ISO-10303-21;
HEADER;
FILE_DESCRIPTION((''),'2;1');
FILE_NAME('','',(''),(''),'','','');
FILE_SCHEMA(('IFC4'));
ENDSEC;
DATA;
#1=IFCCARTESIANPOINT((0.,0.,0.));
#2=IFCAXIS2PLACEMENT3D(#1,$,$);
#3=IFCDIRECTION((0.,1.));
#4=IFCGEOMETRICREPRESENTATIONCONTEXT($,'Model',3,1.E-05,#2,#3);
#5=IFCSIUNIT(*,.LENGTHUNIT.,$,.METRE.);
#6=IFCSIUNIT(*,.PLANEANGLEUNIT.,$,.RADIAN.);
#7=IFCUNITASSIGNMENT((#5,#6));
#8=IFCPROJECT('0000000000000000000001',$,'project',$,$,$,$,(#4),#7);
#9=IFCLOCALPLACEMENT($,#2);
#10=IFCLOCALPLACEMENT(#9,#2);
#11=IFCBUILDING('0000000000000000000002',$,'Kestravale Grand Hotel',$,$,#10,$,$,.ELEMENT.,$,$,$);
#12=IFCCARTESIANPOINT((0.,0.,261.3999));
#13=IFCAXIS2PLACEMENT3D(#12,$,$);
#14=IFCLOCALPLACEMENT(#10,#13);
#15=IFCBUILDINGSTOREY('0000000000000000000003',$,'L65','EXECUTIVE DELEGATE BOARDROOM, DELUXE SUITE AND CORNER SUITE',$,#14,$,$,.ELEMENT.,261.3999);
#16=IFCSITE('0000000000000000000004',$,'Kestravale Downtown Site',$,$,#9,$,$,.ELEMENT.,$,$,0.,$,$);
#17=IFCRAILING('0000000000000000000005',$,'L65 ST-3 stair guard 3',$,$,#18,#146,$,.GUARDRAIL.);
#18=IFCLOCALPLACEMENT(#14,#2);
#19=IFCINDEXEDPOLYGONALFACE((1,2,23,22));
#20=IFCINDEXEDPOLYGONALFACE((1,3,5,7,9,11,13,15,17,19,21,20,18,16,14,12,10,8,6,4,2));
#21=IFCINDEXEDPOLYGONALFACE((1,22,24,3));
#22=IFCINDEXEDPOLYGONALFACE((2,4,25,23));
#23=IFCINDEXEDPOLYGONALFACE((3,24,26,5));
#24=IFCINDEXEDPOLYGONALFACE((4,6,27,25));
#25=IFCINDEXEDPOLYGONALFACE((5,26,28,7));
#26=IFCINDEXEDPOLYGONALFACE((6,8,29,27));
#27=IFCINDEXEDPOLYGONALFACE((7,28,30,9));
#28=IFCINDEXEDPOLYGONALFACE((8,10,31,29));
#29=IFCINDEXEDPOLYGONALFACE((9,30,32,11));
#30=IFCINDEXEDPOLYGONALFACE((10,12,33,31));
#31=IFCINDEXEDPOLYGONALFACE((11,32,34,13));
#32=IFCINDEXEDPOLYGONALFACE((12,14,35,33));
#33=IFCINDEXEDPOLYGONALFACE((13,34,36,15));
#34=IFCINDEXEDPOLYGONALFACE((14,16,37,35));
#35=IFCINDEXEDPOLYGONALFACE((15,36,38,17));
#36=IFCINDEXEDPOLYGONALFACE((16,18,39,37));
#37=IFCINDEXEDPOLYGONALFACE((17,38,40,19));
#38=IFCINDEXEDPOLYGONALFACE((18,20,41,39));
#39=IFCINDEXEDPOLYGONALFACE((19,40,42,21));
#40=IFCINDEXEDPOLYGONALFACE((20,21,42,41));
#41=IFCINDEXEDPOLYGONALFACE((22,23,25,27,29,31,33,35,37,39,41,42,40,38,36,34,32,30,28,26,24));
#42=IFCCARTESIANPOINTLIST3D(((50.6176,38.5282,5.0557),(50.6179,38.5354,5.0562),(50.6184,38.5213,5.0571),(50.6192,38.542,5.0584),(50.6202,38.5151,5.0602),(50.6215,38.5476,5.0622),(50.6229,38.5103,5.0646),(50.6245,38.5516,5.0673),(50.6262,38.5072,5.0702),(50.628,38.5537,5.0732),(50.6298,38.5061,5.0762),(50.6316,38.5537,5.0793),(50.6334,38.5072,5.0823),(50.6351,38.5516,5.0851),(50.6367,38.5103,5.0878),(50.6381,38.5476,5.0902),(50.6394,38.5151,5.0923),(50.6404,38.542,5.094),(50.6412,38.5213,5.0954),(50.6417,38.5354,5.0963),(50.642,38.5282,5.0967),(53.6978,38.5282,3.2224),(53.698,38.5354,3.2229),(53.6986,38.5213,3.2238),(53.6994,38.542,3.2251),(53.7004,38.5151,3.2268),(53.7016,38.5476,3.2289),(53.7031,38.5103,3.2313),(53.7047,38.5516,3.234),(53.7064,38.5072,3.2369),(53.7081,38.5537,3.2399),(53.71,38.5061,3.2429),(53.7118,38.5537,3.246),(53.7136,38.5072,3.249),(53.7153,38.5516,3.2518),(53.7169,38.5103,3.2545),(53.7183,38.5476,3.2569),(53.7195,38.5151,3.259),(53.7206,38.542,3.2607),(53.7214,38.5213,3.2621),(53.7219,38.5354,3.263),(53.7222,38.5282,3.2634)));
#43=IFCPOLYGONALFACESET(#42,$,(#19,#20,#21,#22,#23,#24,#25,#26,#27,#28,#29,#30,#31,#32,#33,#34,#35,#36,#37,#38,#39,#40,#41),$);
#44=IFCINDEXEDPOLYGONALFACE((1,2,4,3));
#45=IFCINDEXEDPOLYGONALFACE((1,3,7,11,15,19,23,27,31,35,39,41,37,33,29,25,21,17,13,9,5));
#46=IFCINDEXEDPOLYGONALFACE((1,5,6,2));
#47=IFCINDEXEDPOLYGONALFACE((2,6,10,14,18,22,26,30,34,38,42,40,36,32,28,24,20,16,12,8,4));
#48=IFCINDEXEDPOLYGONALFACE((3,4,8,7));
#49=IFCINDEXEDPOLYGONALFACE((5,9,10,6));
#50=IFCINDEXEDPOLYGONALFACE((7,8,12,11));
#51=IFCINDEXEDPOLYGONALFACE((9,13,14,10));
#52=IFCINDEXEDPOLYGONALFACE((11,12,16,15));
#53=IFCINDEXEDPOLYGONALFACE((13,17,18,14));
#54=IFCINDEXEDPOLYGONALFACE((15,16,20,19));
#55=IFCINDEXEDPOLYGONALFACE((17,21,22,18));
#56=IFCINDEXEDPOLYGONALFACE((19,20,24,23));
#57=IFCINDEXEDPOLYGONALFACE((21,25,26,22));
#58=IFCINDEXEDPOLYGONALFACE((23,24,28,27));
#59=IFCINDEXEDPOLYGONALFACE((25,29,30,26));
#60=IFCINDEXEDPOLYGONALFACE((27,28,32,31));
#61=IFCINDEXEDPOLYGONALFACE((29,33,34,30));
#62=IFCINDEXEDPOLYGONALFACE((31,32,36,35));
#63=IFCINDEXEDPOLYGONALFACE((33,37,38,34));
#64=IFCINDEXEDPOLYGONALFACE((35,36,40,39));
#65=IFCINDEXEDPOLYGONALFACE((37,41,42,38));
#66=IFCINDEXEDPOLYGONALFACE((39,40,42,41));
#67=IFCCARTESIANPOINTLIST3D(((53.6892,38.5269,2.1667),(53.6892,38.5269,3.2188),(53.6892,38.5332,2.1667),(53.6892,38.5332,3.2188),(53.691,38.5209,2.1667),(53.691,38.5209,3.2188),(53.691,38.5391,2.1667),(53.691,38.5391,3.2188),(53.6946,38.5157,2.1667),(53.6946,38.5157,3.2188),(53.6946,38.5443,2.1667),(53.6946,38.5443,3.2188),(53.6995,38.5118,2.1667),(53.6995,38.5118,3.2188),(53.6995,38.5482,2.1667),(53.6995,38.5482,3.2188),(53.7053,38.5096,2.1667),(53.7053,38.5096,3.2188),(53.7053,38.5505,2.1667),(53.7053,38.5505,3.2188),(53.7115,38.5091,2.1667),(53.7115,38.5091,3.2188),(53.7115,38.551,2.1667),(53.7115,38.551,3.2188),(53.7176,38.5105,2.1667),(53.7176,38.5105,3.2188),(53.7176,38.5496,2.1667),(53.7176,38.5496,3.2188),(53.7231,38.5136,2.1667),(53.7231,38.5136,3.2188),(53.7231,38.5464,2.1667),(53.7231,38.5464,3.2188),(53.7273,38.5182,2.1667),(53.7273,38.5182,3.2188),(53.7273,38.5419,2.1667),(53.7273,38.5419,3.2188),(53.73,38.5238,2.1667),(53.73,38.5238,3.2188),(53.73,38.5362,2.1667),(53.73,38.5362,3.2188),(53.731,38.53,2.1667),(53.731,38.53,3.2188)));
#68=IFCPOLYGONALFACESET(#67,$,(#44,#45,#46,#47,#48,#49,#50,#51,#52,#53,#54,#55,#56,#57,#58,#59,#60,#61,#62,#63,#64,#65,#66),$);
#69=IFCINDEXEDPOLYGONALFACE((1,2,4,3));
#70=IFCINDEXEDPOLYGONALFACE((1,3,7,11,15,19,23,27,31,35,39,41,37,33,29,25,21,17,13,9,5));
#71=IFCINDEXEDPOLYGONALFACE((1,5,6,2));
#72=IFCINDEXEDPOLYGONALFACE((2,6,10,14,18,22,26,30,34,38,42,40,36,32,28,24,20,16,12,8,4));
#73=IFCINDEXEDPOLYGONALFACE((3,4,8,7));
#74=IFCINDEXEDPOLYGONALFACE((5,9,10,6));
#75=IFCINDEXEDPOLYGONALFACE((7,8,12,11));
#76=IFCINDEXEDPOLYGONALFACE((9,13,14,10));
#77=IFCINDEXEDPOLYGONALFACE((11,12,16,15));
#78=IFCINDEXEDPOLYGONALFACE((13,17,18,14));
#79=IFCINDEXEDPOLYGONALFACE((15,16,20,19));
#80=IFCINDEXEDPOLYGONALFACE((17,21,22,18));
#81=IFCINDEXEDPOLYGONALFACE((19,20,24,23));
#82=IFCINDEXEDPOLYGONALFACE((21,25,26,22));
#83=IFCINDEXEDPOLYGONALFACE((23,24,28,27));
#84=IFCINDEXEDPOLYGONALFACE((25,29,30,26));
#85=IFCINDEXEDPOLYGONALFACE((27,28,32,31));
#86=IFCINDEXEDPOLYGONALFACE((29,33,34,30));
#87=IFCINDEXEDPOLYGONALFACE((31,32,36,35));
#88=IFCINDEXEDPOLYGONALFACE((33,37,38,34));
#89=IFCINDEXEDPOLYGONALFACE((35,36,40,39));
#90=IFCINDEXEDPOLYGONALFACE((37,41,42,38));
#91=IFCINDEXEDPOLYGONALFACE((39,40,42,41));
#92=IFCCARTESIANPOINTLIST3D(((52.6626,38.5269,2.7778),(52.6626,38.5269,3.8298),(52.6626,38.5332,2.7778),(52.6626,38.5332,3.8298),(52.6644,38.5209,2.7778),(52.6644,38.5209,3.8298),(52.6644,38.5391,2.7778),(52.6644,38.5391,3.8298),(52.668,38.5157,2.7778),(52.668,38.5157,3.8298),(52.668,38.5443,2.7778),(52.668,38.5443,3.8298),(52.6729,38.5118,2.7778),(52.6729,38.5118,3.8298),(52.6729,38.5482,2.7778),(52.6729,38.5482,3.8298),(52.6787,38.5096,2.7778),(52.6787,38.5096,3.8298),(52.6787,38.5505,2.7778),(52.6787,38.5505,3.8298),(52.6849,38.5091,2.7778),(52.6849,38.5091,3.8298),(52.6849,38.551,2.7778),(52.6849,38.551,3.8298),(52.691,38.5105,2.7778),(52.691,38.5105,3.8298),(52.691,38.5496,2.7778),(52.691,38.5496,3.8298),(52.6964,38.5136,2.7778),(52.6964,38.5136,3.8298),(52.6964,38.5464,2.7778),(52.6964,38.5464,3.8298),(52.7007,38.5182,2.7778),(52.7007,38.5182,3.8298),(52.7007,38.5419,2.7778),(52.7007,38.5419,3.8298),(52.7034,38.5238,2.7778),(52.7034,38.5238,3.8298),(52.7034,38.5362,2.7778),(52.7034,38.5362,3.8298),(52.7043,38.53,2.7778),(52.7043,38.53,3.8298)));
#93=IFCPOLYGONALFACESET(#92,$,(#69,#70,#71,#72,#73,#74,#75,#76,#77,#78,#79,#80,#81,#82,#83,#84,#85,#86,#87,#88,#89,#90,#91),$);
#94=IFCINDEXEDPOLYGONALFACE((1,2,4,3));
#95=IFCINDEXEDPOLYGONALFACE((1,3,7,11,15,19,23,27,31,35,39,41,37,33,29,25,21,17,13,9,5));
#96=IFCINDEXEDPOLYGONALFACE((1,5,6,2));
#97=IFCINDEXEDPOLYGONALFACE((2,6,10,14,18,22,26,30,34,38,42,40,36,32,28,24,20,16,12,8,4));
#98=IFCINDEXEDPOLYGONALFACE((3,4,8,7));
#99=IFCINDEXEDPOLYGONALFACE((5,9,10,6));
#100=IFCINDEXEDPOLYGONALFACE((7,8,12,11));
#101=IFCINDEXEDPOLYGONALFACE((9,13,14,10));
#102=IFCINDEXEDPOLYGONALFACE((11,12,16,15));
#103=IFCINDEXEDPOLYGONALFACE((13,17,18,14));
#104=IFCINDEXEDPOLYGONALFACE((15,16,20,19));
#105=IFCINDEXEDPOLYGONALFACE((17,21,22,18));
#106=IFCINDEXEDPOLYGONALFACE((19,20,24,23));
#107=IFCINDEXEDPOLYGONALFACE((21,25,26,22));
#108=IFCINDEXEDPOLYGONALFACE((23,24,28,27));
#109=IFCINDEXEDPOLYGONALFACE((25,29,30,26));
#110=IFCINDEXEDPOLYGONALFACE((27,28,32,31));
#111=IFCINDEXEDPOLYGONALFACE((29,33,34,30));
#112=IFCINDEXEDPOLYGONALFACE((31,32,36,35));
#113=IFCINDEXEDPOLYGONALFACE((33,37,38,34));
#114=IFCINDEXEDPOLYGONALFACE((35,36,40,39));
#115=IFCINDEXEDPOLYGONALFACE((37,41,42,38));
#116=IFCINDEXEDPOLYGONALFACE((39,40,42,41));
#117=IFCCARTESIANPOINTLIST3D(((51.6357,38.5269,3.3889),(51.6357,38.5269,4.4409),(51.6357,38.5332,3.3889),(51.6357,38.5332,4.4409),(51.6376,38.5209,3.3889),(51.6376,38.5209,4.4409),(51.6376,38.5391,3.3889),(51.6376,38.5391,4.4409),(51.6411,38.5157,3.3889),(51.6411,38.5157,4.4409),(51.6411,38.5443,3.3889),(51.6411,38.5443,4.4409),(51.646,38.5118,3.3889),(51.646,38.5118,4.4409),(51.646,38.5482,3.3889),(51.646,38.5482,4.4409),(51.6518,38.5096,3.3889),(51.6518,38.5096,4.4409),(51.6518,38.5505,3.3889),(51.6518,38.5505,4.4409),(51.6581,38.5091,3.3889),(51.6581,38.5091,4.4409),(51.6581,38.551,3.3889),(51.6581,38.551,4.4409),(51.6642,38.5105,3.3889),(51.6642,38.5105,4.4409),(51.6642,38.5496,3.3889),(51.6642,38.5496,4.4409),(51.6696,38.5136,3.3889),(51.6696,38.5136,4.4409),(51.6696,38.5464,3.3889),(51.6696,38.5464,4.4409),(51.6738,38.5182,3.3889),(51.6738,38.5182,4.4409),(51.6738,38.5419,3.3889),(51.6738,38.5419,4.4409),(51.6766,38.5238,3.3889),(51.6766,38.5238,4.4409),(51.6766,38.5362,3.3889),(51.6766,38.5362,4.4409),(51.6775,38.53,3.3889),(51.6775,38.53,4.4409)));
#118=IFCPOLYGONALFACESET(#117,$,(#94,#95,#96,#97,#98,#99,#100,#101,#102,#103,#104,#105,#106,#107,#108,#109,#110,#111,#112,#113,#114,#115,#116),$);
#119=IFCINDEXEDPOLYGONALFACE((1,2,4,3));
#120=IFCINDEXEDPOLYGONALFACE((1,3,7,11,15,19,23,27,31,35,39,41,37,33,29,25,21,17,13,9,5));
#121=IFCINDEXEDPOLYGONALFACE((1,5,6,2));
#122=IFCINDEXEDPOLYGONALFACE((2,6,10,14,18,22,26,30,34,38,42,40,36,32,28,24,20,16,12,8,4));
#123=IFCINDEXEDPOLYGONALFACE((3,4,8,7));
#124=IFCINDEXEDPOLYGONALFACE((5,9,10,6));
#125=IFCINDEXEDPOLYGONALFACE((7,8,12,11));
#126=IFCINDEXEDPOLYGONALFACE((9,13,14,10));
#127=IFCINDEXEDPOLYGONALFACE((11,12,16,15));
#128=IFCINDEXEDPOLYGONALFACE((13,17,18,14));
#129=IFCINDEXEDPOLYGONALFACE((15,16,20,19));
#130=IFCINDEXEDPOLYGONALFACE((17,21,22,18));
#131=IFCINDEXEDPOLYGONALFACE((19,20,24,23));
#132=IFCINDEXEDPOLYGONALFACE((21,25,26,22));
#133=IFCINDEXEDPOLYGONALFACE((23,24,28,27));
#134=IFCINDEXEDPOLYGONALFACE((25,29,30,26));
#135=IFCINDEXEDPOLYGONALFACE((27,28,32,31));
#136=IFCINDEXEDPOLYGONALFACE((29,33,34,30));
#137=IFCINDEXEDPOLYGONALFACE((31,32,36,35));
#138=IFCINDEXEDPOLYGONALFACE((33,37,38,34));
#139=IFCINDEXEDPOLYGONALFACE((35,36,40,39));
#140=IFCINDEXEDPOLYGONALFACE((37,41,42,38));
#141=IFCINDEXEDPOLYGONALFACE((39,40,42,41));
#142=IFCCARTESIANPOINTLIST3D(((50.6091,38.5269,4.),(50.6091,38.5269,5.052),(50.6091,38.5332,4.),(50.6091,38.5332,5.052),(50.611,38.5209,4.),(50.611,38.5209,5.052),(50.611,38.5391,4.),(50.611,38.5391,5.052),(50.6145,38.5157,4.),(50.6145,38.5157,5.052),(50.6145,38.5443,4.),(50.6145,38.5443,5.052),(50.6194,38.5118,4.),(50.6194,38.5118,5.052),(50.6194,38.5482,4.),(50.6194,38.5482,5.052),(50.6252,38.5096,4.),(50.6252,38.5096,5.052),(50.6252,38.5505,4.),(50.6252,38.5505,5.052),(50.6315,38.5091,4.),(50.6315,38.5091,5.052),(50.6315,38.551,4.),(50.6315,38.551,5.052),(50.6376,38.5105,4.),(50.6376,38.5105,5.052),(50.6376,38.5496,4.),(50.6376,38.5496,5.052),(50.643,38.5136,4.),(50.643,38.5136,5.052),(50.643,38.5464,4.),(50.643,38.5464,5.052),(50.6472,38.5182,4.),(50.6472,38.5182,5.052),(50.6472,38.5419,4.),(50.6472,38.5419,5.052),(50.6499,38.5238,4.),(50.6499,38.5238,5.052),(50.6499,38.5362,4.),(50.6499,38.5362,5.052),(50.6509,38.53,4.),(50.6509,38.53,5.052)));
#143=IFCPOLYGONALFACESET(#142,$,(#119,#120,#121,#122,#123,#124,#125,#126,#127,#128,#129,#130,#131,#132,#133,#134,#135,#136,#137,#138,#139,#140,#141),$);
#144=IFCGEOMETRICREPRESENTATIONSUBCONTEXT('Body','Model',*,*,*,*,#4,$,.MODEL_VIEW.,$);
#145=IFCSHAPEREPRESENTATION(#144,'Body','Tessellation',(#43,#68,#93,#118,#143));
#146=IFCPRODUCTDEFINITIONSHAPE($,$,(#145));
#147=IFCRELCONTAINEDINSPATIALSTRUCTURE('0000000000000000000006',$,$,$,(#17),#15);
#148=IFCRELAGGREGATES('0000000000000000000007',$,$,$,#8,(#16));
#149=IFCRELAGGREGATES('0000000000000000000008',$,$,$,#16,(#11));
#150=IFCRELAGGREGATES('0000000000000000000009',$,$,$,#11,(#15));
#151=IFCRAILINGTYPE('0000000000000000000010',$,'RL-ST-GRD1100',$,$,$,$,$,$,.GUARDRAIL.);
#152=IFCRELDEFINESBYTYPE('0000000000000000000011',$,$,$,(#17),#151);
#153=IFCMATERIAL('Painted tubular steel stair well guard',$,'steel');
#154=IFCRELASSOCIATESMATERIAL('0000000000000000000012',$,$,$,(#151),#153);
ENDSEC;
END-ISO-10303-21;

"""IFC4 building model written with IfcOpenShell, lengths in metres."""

from ifc_helpers import new_model, si_unit, direction, frame, origin, origin_2d, place, context, subcontext, project, spatial, circle, extrude, material, type_object, element, save


model = new_model("IFC4")

# Units and contexts
model_context = context("Model", 3, precision=1e-05, world=origin(), true_north=direction((0.0, 1.0)))
body_context = subcontext(model_context, "Body", "Model", "MODEL_VIEW")
ifc_project = project(units=[si_unit("LENGTHUNIT", "METRE"), si_unit("PLANEANGLEUNIT", "RADIAN")], contexts=[model_context])

# Site, building, storey
site_placement = place(None, origin())
site = spatial("IfcSite", under=ifc_project, at=site_placement, Name="Kestravale Downtown Site", CompositionType="ELEMENT", RefElevation=0.0)
building_placement = place(site_placement, origin())
building = spatial("IfcBuilding", under=site, at=building_placement, Name="Kestravale Grand Hotel", CompositionType="ELEMENT")
storey_placement = place(building_placement, frame((0.0, 0.0, 261.3999)))
storey = spatial("IfcBuildingStorey", under=building, at=storey_placement, Name="L65", Description="EXECUTIVE DELEGATE BOARDROOM, DELUXE SUITE AND CORNER SUITE", CompositionType="ELEMENT", Elevation=261.3999)

# Railing
ifc_material_1 = material(Name="Painted tubular steel stair well guard", Category="steel")
railing_type_1 = type_object("IfcRailingType", Name="RL-ST-GRD1100", PredefinedType="GUARDRAIL", material=ifc_material_1)
railing_1_placement = place(storey_placement, frame((53.71, 38.53, 2.1667)))
element("IfcRailing", 1, at=railing_1_placement, inside=storey, type_object=railing_type_1, Name="L65 ST-3 stair guard 3", PredefinedType="GUARDRAIL", context=body_context, shape_type="SweptSolid", body=[
    extrude(circle(Radius=0.0239, at=origin_2d()), frame((0.0, 0.0, 1.0762), z_axis=(-0.859309, 0.0, 0.511458), x_axis=(0.0, -1.0, 0.0)), (0.0, 0.0, 1.0), 3.5845),
    extrude(circle(Radius=0.021, at=origin_2d()), origin(), (0.0, 0.0, 1.0), 1.052),
    extrude(circle(Radius=0.021, at=origin_2d()), frame((-1.0266, 0.0, 0.6111)), (0.0, 0.0, 1.0), 1.052),
    extrude(circle(Radius=0.021, at=origin_2d()), frame((-2.0535, 0.0, 1.2222)), (0.0, 0.0, 1.0), 1.052),
    extrude(circle(Radius=0.021, at=origin_2d()), frame((-3.0801, 0.0, 1.8333)), (0.0, 0.0, 1.0), 1.052),
])

save(model, "model.ifc")
